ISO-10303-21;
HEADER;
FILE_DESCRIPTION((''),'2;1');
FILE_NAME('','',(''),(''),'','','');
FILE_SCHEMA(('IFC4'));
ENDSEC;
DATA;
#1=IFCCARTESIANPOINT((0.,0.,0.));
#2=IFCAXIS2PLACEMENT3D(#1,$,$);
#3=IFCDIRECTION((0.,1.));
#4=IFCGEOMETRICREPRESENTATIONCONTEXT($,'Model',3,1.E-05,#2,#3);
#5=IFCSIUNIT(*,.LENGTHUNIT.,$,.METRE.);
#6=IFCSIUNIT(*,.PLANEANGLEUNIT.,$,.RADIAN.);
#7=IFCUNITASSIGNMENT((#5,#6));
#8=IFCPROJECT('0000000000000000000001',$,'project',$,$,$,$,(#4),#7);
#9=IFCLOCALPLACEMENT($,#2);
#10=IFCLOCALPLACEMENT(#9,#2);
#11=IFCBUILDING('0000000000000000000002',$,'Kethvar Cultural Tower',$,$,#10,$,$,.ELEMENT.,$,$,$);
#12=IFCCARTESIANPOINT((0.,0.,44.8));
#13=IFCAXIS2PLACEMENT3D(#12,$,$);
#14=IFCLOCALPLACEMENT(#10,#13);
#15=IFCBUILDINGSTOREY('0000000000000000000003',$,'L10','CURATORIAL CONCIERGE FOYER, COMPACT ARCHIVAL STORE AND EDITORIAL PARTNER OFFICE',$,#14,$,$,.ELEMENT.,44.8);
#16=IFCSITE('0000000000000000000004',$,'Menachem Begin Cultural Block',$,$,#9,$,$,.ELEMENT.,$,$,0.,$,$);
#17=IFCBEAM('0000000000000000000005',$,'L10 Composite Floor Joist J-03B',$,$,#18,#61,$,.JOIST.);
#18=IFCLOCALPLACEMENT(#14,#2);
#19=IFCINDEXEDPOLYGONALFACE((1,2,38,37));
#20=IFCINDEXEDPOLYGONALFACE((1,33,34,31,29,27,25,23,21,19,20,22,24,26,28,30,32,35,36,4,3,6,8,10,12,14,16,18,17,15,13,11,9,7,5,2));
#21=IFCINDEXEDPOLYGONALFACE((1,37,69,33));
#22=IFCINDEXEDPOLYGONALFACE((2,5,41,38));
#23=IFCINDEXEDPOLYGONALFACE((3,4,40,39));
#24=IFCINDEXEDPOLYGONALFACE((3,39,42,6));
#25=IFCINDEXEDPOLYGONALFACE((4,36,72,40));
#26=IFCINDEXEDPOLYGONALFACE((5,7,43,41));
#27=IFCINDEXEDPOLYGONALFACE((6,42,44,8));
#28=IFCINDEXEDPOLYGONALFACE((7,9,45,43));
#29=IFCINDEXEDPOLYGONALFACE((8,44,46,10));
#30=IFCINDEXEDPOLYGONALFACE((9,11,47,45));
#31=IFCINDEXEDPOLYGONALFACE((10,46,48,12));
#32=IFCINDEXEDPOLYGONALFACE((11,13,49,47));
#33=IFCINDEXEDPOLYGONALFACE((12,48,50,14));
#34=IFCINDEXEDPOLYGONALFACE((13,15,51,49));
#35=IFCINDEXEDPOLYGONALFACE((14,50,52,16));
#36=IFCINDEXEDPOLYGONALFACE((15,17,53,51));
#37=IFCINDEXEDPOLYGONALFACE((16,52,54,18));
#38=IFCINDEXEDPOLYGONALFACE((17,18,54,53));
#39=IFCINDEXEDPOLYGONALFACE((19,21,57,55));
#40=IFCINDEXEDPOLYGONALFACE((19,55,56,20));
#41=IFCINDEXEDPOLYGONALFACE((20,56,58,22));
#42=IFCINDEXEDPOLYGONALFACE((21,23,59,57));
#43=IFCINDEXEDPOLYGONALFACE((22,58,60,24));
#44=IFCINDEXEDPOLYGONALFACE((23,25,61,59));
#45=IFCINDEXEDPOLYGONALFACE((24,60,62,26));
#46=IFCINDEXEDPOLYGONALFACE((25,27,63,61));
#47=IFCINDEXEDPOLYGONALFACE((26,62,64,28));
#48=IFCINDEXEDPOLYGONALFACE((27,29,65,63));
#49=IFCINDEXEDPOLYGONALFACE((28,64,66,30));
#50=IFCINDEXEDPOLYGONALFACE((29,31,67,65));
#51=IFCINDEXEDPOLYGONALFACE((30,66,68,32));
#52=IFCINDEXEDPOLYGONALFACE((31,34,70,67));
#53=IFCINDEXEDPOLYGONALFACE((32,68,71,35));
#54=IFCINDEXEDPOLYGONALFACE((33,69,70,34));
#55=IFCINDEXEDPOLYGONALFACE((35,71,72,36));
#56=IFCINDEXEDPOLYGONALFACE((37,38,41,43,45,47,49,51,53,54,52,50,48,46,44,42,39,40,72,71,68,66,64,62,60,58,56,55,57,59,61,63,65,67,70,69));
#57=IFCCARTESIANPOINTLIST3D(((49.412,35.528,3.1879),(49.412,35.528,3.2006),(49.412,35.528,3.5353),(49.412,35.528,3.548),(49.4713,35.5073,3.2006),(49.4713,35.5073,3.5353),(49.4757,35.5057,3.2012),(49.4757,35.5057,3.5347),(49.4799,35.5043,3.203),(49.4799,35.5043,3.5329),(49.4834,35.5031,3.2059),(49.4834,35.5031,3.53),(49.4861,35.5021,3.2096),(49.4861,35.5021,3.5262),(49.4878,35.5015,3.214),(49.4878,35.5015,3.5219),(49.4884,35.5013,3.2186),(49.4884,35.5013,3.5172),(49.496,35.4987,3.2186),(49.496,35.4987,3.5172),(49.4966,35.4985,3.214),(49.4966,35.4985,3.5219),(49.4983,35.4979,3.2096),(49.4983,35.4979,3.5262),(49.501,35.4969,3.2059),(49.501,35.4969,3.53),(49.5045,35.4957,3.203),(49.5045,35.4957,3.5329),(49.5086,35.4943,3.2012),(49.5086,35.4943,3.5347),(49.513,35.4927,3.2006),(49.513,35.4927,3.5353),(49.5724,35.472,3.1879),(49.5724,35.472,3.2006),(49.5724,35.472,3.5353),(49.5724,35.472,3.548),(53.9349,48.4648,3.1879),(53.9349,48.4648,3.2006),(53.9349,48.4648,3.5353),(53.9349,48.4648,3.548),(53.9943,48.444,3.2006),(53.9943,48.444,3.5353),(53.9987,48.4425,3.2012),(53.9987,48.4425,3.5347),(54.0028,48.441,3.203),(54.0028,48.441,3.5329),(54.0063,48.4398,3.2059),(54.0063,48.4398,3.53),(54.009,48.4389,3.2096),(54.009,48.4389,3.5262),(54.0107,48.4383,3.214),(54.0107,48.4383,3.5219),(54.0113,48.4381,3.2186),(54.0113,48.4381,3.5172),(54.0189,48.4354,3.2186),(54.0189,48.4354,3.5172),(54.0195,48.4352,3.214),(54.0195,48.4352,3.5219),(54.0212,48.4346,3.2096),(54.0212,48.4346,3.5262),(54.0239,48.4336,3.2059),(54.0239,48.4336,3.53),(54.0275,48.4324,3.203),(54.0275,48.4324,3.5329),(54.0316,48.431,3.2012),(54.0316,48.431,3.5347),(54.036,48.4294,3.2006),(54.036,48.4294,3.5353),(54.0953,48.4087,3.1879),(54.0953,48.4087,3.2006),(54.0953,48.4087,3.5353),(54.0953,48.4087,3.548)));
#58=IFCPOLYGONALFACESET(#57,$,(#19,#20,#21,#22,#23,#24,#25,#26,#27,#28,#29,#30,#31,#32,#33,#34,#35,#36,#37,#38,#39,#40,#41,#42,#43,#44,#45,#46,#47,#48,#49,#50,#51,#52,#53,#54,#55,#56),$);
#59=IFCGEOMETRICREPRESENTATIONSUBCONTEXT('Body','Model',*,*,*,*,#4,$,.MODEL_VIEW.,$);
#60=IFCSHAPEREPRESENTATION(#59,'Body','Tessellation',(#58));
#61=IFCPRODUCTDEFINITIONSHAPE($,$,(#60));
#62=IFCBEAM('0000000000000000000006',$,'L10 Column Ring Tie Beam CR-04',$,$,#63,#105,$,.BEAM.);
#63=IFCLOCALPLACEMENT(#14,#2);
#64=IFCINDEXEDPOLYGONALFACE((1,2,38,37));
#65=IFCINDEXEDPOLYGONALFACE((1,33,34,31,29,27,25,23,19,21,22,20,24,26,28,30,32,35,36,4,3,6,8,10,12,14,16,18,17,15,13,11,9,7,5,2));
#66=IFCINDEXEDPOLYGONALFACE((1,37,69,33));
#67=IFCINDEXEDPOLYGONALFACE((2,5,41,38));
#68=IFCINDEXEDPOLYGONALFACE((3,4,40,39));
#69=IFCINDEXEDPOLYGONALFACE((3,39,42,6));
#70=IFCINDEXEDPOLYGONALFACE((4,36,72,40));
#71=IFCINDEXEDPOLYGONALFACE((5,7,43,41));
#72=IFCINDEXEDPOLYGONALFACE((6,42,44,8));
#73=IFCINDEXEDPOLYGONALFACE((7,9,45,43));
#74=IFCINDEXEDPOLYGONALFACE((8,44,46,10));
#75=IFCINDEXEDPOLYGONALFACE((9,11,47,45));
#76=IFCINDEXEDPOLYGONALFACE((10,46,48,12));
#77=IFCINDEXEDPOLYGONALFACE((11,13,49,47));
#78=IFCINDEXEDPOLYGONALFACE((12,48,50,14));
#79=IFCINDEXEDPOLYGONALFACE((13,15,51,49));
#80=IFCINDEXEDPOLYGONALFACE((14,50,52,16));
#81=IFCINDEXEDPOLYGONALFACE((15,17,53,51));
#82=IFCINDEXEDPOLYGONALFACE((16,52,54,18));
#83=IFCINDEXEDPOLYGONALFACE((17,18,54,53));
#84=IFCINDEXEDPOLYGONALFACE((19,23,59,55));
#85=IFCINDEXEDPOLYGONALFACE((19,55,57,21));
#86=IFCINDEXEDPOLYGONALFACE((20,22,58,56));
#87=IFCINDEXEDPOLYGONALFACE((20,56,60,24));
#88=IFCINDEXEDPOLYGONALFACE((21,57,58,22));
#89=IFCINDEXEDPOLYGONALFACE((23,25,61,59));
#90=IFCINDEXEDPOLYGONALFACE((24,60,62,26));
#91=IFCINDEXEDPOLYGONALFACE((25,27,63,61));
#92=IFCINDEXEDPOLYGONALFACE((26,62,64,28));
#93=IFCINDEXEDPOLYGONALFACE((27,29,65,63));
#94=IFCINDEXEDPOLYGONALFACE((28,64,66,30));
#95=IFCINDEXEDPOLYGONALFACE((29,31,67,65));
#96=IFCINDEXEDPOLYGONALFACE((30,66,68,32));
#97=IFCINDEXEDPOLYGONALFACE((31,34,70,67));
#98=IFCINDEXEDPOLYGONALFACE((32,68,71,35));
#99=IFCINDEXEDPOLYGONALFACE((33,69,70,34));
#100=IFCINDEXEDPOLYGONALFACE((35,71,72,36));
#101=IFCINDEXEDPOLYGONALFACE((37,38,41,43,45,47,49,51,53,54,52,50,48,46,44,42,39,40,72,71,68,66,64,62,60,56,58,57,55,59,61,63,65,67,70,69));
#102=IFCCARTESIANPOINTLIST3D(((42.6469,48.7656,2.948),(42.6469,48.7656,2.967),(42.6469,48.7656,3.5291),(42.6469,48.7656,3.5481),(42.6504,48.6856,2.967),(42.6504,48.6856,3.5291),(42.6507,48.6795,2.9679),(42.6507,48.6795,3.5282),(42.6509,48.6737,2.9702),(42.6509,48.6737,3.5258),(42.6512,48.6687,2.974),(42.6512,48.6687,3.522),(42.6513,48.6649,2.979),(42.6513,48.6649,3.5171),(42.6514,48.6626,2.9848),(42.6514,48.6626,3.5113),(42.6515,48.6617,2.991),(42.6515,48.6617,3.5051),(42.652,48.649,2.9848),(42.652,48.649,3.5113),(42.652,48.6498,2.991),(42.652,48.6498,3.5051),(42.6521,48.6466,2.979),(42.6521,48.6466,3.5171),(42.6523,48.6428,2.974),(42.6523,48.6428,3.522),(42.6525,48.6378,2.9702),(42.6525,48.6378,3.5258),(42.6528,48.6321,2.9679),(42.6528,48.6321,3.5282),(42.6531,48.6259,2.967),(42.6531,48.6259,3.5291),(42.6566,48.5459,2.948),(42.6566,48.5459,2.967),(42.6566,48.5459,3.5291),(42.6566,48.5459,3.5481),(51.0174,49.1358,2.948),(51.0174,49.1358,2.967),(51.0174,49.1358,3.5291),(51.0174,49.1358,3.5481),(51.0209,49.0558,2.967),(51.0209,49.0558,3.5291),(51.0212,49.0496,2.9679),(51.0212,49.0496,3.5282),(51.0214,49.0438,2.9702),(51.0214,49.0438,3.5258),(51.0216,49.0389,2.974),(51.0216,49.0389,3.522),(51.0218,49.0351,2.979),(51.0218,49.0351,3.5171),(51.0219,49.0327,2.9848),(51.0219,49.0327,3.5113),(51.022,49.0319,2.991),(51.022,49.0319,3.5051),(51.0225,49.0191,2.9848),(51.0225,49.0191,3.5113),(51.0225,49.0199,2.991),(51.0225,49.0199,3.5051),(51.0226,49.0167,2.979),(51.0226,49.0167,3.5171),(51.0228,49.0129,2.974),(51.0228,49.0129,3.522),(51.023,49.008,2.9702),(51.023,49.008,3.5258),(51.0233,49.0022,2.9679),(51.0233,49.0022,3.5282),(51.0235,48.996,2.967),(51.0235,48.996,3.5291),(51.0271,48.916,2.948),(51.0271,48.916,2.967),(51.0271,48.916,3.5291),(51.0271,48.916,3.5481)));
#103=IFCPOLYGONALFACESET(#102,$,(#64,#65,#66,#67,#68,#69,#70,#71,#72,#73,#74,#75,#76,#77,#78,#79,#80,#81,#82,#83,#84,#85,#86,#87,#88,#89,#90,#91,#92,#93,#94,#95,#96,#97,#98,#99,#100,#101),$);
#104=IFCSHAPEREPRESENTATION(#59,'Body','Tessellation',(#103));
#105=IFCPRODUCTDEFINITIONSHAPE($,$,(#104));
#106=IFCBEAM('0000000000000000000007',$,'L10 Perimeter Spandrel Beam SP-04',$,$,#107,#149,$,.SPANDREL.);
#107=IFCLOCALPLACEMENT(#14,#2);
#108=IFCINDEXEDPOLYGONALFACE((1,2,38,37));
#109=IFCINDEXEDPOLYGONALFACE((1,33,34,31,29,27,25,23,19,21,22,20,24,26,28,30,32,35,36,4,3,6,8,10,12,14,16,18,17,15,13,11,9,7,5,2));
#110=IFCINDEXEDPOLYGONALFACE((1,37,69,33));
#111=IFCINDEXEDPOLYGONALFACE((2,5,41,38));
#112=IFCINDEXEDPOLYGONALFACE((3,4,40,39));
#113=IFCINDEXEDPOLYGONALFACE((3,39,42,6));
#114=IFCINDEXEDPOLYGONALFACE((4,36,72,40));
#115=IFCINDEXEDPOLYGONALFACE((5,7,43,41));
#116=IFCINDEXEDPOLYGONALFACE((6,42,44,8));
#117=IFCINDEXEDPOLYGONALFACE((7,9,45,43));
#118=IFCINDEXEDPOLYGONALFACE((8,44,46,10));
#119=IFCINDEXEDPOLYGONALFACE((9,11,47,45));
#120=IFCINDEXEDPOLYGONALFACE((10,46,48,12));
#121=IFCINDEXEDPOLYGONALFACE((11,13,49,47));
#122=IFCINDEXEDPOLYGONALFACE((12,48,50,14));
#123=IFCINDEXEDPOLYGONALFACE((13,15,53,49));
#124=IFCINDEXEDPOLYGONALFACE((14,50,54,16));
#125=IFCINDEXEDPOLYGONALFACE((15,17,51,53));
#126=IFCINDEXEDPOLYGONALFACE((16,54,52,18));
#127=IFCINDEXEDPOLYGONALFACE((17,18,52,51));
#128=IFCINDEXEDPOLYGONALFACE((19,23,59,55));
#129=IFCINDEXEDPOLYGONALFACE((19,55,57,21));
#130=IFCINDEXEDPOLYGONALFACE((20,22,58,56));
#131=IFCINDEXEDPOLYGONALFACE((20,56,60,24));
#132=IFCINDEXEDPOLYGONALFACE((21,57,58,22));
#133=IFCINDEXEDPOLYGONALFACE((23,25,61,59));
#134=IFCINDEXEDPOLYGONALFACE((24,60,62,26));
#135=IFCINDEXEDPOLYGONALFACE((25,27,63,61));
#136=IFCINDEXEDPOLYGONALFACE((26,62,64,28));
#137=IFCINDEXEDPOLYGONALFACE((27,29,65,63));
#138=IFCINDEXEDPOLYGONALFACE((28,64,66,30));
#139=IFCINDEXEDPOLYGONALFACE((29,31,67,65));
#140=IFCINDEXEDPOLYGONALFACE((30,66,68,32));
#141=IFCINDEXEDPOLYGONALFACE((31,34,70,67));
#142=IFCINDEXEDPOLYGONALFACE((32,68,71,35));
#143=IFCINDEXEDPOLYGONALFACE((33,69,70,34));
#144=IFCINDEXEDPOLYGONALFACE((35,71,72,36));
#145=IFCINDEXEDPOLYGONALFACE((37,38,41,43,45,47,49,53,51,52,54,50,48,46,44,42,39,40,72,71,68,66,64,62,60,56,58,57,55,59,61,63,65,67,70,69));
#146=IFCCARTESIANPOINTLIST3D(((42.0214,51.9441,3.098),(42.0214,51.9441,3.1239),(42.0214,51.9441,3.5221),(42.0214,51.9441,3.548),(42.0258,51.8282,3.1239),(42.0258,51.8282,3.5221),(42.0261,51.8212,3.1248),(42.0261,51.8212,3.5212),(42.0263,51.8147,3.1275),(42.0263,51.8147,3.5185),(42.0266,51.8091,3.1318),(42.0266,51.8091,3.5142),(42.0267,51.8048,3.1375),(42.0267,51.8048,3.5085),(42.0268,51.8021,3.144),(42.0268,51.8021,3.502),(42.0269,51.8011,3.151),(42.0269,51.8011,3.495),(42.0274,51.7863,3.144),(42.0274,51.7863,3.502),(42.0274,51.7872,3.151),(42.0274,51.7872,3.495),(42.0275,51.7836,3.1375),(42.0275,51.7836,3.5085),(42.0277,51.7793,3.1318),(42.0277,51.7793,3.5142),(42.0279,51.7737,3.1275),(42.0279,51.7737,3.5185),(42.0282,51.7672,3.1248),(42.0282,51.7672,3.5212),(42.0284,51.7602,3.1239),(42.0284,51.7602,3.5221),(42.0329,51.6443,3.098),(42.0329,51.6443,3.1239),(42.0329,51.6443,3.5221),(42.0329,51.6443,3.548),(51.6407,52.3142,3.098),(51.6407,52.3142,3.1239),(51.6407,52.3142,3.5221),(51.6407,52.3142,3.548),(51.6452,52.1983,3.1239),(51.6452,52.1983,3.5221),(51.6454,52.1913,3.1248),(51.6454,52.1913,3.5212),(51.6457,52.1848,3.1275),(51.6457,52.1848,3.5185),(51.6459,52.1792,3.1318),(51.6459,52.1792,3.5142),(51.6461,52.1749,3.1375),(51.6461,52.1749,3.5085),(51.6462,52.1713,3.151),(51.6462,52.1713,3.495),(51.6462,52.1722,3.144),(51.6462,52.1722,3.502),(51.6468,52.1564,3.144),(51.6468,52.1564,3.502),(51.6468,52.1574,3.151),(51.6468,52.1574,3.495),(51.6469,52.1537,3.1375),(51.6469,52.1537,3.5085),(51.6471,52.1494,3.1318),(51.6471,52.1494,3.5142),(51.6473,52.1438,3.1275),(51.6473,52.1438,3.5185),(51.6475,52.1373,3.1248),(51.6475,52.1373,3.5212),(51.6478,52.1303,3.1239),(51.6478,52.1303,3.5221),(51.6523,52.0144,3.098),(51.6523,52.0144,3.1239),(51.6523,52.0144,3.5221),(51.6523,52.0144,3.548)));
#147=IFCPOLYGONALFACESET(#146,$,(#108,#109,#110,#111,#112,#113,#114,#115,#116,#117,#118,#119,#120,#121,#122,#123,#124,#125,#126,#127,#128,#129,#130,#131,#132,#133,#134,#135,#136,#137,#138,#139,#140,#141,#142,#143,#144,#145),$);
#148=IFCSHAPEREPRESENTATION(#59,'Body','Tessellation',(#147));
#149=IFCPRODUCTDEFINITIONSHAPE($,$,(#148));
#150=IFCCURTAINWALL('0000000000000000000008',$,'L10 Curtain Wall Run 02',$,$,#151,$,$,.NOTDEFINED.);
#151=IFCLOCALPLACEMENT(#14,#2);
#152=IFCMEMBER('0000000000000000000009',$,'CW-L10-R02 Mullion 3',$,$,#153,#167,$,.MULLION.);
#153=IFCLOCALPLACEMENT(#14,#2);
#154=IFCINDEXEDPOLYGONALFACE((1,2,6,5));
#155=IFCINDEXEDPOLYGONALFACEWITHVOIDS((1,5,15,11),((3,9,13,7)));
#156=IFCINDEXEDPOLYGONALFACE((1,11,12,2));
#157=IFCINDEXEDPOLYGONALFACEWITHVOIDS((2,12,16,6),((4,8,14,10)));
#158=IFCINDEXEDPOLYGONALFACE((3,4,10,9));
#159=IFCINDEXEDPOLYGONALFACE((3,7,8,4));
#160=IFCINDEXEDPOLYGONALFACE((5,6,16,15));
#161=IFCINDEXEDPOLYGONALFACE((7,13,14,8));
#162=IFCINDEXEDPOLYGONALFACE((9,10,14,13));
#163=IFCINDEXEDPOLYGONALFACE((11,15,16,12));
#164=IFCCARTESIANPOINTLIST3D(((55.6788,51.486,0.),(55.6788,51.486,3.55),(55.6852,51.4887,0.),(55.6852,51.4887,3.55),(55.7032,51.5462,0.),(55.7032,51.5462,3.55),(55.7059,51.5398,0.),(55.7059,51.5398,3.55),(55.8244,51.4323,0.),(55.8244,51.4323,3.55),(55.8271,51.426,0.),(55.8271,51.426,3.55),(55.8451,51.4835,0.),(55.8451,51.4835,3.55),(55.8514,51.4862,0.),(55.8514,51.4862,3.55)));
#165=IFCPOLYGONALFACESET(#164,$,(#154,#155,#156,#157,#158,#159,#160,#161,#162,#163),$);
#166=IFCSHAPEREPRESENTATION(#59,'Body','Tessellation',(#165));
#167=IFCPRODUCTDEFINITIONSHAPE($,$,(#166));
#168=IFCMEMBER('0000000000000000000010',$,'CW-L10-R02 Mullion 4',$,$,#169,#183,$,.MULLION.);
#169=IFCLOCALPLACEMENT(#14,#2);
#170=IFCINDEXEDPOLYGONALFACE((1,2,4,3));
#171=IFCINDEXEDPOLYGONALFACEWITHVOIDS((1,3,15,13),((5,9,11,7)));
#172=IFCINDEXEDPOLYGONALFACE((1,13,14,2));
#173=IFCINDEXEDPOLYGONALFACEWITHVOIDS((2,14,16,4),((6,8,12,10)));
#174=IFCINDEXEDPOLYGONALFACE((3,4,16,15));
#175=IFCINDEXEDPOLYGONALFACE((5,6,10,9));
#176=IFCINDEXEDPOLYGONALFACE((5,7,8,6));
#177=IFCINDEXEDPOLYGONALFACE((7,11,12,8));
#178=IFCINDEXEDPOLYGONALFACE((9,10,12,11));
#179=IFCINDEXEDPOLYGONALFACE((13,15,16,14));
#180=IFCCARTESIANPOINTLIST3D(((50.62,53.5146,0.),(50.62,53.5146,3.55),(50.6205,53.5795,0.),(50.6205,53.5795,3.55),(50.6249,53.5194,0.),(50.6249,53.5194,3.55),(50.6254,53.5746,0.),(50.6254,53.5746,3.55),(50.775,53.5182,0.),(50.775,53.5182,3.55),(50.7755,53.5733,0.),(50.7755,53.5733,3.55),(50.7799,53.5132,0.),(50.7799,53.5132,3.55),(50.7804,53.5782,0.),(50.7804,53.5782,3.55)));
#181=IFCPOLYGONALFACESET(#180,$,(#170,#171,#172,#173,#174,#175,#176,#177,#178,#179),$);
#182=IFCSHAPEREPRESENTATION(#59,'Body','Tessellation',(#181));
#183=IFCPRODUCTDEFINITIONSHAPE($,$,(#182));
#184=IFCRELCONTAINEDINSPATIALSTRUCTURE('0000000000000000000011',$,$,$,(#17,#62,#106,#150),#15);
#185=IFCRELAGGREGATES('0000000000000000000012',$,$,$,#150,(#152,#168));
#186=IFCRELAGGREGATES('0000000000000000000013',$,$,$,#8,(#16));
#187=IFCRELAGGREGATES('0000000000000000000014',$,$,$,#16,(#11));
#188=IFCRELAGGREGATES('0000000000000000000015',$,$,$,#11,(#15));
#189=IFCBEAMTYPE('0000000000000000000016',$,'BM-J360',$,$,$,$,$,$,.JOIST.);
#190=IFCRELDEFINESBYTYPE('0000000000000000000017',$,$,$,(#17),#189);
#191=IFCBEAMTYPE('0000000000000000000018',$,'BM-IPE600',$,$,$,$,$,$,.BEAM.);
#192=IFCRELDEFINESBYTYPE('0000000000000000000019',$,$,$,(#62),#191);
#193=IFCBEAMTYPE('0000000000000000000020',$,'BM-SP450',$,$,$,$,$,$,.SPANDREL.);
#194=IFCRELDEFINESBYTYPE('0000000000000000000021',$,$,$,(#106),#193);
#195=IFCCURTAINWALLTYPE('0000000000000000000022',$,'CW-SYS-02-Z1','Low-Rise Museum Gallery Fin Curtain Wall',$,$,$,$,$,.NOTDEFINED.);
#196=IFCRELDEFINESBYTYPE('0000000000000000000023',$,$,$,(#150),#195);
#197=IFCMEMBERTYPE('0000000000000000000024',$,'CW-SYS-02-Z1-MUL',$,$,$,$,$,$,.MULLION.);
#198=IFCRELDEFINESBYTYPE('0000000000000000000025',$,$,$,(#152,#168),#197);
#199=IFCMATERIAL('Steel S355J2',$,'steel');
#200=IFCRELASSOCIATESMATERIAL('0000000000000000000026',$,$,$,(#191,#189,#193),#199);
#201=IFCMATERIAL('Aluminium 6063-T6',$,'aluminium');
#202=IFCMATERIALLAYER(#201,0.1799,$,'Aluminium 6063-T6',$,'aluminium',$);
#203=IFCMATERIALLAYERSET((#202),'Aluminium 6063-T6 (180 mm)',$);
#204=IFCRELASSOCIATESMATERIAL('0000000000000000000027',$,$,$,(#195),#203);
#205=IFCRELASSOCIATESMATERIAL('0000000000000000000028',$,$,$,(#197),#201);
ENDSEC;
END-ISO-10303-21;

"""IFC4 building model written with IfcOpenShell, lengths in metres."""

from ifc_helpers import new_model, si_unit, direction, frame, origin, origin_2d, place, context, subcontext, project, spatial, hollow_rectangle, i_section, extrude, source, transform, mapped, material, layer, layer_set, material_profile, profile_set, type_object, element, aggregate, save


model = new_model("IFC4")

# Units and contexts
model_context = context("Model", 3, precision=1e-05, world=origin(), true_north=direction((0.0, 1.0)))
body_context = subcontext(model_context, "Body", "Model", "MODEL_VIEW")
ifc_project = project(units=[si_unit("LENGTHUNIT", "METRE"), si_unit("PLANEANGLEUNIT", "RADIAN")], contexts=[model_context])

# Site, building, storey
site_placement = place(None, origin())
site = spatial("IfcSite", under=ifc_project, at=site_placement, Name="Menachem Begin Cultural Block", CompositionType="ELEMENT", RefElevation=0.0)
building_placement = place(site_placement, origin())
building = spatial("IfcBuilding", under=site, at=building_placement, Name="Kethvar Cultural Tower", CompositionType="ELEMENT")
storey_placement = place(building_placement, frame((0.0, 0.0, 44.8)))
storey = spatial("IfcBuildingStorey", under=building, at=storey_placement, Name="L10", Description="CURATORIAL CONCIERGE FOYER, COMPACT ARCHIVAL STORE AND EDITORIAL PARTNER OFFICE", CompositionType="ELEMENT", Elevation=44.8)

# Beams
ifc_material_1 = material(Name="Steel S355J2", Category="steel")
ifc_material_profile_1 = material_profile(ifc_material_1, i_section(OverallWidth=0.22, OverallDepth=0.6001, WebThickness=0.012, FlangeThickness=0.019, FilletRadius=0.0239, at=origin_2d()), Name="Steel S355J2 — IPE600")
ifc_profile_set_1 = profile_set([ifc_material_profile_1], Name="Steel S355J2 — IPE600")
beam_type_1 = type_object("IfcBeamType", Name="BM-IPE600", PredefinedType="BEAM", material=ifc_profile_set_1)
ifc_material_profile_2 = material_profile(ifc_material_1, i_section(OverallWidth=0.1699, OverallDepth=0.3601, WebThickness=0.0081, FlangeThickness=0.0127, FilletRadius=0.0181, at=origin_2d()), Name="Steel S355J2 — IPE360")
ifc_profile_set_2 = profile_set([ifc_material_profile_2], Name="Steel S355J2 — IPE360")
beam_type_2 = type_object("IfcBeamType", Name="BM-J360", PredefinedType="JOIST", material=ifc_profile_set_2)
shared_shape_1 = source(origin(), body_context, "Body", "SweptSolid", [
    extrude(i_section(OverallWidth=0.1699, OverallDepth=0.3601, WebThickness=0.0081, FlangeThickness=0.0127, FilletRadius=0.0181, at=origin_2d()), origin(), (0.0, 0.0, 1.0), 13.7046),
])
beam_1_placement = place(storey_placement, frame((49.4922, 35.5, 3.3679), z_axis=(0.330031, 0.94397, 0.0), x_axis=(-0.94397, 0.330031, 0.0)))
element("IfcBeam", 1, at=beam_1_placement, inside=storey, type_object=beam_type_2, Name="L10 Composite Floor Joist J-03B", PredefinedType="JOIST", context=body_context, shape_type="MappedRepresentation", body=[
    mapped(shared_shape_1, transform((0.0, 0.0, 0.0), scale=1.0)),
])
shared_shape_2 = source(origin(), body_context, "Body", "SweptSolid", [
    extrude(i_section(OverallWidth=0.22, OverallDepth=0.6001, WebThickness=0.012, FlangeThickness=0.019, FilletRadius=0.0239, at=origin_2d()), origin(), (0.0, 0.0, 1.0), 8.3787),
])
beam_2_placement = place(storey_placement, frame((51.0222, 49.0259, 3.248), z_axis=(-0.999024, -0.044173, 0.0), x_axis=(0.044173, -0.999024, 0.0)))
element("IfcBeam", 2, at=beam_2_placement, inside=storey, type_object=beam_type_1, Name="L10 Column Ring Tie Beam CR-04", PredefinedType="BEAM", context=body_context, shape_type="MappedRepresentation", body=[
    mapped(shared_shape_2, transform((0.0, 0.0, 0.0), scale=1.0)),
])
ifc_material_profile_3 = material_profile(ifc_material_1, i_section(OverallWidth=0.3, OverallDepth=0.45, WebThickness=0.0139, FlangeThickness=0.0259, FilletRadius=0.0271, at=origin_2d()), Name="Steel S355J2 — HEB450")
ifc_profile_set_3 = profile_set([ifc_material_profile_3], Name="Steel S355J2 — HEB450")
beam_type_3 = type_object("IfcBeamType", Name="BM-SP450", PredefinedType="SPANDREL", material=ifc_profile_set_3)
shared_shape_3 = source(origin(), body_context, "Body", "SweptSolid", [
    extrude(i_section(OverallWidth=0.3, OverallDepth=0.45, WebThickness=0.0139, FlangeThickness=0.0259, FilletRadius=0.0271, at=origin_2d()), origin(), (0.0, 0.0, 1.0), 9.6265),
])
beam_3_placement = place(storey_placement, frame((51.6465, 52.1643, 3.323), z_axis=(-0.999261, -0.038448, 0.0), x_axis=(0.038448, -0.999261, 0.0)))
element("IfcBeam", 3, at=beam_3_placement, inside=storey, type_object=beam_type_3, Name="L10 Perimeter Spandrel Beam SP-04", PredefinedType="SPANDREL", context=body_context, shape_type="MappedRepresentation", body=[
    mapped(shared_shape_3, transform((0.0, 0.0, 0.0), scale=1.0)),
])

# Curtain wall, members
ifc_material_2 = material(Name="Aluminium 6063-T6", Category="aluminium")
ifc_layer_1 = layer(ifc_material_2, 0.1799, Name="Aluminium 6063-T6", Category="aluminium")
ifc_layer_set_1 = layer_set([ifc_layer_1], Name="Aluminium 6063-T6 (180 mm)")
curtain_wall_type = type_object("IfcCurtainWallType", Name="CW-SYS-02-Z1", Description="Low-Rise Museum Gallery Fin Curtain Wall", PredefinedType="NOTDEFINED", material=ifc_layer_set_1)
curtain_wall_placement = place(storey_placement, origin())
curtain_wall = element("IfcCurtainWall", 4, at=curtain_wall_placement, inside=storey, type_object=curtain_wall_type, Name="L10 Curtain Wall Run 02", PredefinedType="NOTDEFINED")
ifc_material_profile_4 = material_profile(ifc_material_2, hollow_rectangle(XDim=0.0649, YDim=0.1599, WallThickness=0.0049, at=origin_2d()), Name="Aluminium 6063-T6 — RHS160x65x5")
ifc_profile_set_4 = profile_set([ifc_material_profile_4], Name="Aluminium 6063-T6 — RHS160x65x5")
member_type_1 = type_object("IfcMemberType", Name="CW-SYS-02-Z1-MUL", PredefinedType="MULLION", material=ifc_profile_set_4)
shared_shape_4 = source(origin(), body_context, "Body", "SweptSolid", [
    extrude(hollow_rectangle(XDim=0.0649, YDim=0.1599, WallThickness=0.0049, at=origin_2d()), origin(), (0.0, 0.0, 1.0), 3.55),
])
member_1_placement = place(storey_placement, frame((55.7651, 51.4861, 0.0), z_axis=(0.0, 0.0, 1.0), x_axis=(-0.375383, -0.92687, 0.0)))
member_1 = element("IfcMember", 5, at=member_1_placement, type_object=member_type_1, Name="CW-L10-R02 Mullion 3", PredefinedType="MULLION", context=body_context, shape_type="MappedRepresentation", body=[
    mapped(shared_shape_4, transform((0.0, 0.0, 0.0), scale=1.0)),
])
member_2_placement = place(storey_placement, frame((50.7002, 53.5464, 0.0), z_axis=(0.0, 0.0, 1.0), x_axis=(-0.008552, -0.999963, 0.0)))
member_2 = element("IfcMember", 6, at=member_2_placement, type_object=member_type_1, Name="CW-L10-R02 Mullion 4", PredefinedType="MULLION", context=body_context, shape_type="MappedRepresentation", body=[
    mapped(shared_shape_4, transform((0.0, 0.0, 0.0), scale=1.0)),
])
aggregate(curtain_wall, [member_1, member_2])

save(model, "model.ifc")
